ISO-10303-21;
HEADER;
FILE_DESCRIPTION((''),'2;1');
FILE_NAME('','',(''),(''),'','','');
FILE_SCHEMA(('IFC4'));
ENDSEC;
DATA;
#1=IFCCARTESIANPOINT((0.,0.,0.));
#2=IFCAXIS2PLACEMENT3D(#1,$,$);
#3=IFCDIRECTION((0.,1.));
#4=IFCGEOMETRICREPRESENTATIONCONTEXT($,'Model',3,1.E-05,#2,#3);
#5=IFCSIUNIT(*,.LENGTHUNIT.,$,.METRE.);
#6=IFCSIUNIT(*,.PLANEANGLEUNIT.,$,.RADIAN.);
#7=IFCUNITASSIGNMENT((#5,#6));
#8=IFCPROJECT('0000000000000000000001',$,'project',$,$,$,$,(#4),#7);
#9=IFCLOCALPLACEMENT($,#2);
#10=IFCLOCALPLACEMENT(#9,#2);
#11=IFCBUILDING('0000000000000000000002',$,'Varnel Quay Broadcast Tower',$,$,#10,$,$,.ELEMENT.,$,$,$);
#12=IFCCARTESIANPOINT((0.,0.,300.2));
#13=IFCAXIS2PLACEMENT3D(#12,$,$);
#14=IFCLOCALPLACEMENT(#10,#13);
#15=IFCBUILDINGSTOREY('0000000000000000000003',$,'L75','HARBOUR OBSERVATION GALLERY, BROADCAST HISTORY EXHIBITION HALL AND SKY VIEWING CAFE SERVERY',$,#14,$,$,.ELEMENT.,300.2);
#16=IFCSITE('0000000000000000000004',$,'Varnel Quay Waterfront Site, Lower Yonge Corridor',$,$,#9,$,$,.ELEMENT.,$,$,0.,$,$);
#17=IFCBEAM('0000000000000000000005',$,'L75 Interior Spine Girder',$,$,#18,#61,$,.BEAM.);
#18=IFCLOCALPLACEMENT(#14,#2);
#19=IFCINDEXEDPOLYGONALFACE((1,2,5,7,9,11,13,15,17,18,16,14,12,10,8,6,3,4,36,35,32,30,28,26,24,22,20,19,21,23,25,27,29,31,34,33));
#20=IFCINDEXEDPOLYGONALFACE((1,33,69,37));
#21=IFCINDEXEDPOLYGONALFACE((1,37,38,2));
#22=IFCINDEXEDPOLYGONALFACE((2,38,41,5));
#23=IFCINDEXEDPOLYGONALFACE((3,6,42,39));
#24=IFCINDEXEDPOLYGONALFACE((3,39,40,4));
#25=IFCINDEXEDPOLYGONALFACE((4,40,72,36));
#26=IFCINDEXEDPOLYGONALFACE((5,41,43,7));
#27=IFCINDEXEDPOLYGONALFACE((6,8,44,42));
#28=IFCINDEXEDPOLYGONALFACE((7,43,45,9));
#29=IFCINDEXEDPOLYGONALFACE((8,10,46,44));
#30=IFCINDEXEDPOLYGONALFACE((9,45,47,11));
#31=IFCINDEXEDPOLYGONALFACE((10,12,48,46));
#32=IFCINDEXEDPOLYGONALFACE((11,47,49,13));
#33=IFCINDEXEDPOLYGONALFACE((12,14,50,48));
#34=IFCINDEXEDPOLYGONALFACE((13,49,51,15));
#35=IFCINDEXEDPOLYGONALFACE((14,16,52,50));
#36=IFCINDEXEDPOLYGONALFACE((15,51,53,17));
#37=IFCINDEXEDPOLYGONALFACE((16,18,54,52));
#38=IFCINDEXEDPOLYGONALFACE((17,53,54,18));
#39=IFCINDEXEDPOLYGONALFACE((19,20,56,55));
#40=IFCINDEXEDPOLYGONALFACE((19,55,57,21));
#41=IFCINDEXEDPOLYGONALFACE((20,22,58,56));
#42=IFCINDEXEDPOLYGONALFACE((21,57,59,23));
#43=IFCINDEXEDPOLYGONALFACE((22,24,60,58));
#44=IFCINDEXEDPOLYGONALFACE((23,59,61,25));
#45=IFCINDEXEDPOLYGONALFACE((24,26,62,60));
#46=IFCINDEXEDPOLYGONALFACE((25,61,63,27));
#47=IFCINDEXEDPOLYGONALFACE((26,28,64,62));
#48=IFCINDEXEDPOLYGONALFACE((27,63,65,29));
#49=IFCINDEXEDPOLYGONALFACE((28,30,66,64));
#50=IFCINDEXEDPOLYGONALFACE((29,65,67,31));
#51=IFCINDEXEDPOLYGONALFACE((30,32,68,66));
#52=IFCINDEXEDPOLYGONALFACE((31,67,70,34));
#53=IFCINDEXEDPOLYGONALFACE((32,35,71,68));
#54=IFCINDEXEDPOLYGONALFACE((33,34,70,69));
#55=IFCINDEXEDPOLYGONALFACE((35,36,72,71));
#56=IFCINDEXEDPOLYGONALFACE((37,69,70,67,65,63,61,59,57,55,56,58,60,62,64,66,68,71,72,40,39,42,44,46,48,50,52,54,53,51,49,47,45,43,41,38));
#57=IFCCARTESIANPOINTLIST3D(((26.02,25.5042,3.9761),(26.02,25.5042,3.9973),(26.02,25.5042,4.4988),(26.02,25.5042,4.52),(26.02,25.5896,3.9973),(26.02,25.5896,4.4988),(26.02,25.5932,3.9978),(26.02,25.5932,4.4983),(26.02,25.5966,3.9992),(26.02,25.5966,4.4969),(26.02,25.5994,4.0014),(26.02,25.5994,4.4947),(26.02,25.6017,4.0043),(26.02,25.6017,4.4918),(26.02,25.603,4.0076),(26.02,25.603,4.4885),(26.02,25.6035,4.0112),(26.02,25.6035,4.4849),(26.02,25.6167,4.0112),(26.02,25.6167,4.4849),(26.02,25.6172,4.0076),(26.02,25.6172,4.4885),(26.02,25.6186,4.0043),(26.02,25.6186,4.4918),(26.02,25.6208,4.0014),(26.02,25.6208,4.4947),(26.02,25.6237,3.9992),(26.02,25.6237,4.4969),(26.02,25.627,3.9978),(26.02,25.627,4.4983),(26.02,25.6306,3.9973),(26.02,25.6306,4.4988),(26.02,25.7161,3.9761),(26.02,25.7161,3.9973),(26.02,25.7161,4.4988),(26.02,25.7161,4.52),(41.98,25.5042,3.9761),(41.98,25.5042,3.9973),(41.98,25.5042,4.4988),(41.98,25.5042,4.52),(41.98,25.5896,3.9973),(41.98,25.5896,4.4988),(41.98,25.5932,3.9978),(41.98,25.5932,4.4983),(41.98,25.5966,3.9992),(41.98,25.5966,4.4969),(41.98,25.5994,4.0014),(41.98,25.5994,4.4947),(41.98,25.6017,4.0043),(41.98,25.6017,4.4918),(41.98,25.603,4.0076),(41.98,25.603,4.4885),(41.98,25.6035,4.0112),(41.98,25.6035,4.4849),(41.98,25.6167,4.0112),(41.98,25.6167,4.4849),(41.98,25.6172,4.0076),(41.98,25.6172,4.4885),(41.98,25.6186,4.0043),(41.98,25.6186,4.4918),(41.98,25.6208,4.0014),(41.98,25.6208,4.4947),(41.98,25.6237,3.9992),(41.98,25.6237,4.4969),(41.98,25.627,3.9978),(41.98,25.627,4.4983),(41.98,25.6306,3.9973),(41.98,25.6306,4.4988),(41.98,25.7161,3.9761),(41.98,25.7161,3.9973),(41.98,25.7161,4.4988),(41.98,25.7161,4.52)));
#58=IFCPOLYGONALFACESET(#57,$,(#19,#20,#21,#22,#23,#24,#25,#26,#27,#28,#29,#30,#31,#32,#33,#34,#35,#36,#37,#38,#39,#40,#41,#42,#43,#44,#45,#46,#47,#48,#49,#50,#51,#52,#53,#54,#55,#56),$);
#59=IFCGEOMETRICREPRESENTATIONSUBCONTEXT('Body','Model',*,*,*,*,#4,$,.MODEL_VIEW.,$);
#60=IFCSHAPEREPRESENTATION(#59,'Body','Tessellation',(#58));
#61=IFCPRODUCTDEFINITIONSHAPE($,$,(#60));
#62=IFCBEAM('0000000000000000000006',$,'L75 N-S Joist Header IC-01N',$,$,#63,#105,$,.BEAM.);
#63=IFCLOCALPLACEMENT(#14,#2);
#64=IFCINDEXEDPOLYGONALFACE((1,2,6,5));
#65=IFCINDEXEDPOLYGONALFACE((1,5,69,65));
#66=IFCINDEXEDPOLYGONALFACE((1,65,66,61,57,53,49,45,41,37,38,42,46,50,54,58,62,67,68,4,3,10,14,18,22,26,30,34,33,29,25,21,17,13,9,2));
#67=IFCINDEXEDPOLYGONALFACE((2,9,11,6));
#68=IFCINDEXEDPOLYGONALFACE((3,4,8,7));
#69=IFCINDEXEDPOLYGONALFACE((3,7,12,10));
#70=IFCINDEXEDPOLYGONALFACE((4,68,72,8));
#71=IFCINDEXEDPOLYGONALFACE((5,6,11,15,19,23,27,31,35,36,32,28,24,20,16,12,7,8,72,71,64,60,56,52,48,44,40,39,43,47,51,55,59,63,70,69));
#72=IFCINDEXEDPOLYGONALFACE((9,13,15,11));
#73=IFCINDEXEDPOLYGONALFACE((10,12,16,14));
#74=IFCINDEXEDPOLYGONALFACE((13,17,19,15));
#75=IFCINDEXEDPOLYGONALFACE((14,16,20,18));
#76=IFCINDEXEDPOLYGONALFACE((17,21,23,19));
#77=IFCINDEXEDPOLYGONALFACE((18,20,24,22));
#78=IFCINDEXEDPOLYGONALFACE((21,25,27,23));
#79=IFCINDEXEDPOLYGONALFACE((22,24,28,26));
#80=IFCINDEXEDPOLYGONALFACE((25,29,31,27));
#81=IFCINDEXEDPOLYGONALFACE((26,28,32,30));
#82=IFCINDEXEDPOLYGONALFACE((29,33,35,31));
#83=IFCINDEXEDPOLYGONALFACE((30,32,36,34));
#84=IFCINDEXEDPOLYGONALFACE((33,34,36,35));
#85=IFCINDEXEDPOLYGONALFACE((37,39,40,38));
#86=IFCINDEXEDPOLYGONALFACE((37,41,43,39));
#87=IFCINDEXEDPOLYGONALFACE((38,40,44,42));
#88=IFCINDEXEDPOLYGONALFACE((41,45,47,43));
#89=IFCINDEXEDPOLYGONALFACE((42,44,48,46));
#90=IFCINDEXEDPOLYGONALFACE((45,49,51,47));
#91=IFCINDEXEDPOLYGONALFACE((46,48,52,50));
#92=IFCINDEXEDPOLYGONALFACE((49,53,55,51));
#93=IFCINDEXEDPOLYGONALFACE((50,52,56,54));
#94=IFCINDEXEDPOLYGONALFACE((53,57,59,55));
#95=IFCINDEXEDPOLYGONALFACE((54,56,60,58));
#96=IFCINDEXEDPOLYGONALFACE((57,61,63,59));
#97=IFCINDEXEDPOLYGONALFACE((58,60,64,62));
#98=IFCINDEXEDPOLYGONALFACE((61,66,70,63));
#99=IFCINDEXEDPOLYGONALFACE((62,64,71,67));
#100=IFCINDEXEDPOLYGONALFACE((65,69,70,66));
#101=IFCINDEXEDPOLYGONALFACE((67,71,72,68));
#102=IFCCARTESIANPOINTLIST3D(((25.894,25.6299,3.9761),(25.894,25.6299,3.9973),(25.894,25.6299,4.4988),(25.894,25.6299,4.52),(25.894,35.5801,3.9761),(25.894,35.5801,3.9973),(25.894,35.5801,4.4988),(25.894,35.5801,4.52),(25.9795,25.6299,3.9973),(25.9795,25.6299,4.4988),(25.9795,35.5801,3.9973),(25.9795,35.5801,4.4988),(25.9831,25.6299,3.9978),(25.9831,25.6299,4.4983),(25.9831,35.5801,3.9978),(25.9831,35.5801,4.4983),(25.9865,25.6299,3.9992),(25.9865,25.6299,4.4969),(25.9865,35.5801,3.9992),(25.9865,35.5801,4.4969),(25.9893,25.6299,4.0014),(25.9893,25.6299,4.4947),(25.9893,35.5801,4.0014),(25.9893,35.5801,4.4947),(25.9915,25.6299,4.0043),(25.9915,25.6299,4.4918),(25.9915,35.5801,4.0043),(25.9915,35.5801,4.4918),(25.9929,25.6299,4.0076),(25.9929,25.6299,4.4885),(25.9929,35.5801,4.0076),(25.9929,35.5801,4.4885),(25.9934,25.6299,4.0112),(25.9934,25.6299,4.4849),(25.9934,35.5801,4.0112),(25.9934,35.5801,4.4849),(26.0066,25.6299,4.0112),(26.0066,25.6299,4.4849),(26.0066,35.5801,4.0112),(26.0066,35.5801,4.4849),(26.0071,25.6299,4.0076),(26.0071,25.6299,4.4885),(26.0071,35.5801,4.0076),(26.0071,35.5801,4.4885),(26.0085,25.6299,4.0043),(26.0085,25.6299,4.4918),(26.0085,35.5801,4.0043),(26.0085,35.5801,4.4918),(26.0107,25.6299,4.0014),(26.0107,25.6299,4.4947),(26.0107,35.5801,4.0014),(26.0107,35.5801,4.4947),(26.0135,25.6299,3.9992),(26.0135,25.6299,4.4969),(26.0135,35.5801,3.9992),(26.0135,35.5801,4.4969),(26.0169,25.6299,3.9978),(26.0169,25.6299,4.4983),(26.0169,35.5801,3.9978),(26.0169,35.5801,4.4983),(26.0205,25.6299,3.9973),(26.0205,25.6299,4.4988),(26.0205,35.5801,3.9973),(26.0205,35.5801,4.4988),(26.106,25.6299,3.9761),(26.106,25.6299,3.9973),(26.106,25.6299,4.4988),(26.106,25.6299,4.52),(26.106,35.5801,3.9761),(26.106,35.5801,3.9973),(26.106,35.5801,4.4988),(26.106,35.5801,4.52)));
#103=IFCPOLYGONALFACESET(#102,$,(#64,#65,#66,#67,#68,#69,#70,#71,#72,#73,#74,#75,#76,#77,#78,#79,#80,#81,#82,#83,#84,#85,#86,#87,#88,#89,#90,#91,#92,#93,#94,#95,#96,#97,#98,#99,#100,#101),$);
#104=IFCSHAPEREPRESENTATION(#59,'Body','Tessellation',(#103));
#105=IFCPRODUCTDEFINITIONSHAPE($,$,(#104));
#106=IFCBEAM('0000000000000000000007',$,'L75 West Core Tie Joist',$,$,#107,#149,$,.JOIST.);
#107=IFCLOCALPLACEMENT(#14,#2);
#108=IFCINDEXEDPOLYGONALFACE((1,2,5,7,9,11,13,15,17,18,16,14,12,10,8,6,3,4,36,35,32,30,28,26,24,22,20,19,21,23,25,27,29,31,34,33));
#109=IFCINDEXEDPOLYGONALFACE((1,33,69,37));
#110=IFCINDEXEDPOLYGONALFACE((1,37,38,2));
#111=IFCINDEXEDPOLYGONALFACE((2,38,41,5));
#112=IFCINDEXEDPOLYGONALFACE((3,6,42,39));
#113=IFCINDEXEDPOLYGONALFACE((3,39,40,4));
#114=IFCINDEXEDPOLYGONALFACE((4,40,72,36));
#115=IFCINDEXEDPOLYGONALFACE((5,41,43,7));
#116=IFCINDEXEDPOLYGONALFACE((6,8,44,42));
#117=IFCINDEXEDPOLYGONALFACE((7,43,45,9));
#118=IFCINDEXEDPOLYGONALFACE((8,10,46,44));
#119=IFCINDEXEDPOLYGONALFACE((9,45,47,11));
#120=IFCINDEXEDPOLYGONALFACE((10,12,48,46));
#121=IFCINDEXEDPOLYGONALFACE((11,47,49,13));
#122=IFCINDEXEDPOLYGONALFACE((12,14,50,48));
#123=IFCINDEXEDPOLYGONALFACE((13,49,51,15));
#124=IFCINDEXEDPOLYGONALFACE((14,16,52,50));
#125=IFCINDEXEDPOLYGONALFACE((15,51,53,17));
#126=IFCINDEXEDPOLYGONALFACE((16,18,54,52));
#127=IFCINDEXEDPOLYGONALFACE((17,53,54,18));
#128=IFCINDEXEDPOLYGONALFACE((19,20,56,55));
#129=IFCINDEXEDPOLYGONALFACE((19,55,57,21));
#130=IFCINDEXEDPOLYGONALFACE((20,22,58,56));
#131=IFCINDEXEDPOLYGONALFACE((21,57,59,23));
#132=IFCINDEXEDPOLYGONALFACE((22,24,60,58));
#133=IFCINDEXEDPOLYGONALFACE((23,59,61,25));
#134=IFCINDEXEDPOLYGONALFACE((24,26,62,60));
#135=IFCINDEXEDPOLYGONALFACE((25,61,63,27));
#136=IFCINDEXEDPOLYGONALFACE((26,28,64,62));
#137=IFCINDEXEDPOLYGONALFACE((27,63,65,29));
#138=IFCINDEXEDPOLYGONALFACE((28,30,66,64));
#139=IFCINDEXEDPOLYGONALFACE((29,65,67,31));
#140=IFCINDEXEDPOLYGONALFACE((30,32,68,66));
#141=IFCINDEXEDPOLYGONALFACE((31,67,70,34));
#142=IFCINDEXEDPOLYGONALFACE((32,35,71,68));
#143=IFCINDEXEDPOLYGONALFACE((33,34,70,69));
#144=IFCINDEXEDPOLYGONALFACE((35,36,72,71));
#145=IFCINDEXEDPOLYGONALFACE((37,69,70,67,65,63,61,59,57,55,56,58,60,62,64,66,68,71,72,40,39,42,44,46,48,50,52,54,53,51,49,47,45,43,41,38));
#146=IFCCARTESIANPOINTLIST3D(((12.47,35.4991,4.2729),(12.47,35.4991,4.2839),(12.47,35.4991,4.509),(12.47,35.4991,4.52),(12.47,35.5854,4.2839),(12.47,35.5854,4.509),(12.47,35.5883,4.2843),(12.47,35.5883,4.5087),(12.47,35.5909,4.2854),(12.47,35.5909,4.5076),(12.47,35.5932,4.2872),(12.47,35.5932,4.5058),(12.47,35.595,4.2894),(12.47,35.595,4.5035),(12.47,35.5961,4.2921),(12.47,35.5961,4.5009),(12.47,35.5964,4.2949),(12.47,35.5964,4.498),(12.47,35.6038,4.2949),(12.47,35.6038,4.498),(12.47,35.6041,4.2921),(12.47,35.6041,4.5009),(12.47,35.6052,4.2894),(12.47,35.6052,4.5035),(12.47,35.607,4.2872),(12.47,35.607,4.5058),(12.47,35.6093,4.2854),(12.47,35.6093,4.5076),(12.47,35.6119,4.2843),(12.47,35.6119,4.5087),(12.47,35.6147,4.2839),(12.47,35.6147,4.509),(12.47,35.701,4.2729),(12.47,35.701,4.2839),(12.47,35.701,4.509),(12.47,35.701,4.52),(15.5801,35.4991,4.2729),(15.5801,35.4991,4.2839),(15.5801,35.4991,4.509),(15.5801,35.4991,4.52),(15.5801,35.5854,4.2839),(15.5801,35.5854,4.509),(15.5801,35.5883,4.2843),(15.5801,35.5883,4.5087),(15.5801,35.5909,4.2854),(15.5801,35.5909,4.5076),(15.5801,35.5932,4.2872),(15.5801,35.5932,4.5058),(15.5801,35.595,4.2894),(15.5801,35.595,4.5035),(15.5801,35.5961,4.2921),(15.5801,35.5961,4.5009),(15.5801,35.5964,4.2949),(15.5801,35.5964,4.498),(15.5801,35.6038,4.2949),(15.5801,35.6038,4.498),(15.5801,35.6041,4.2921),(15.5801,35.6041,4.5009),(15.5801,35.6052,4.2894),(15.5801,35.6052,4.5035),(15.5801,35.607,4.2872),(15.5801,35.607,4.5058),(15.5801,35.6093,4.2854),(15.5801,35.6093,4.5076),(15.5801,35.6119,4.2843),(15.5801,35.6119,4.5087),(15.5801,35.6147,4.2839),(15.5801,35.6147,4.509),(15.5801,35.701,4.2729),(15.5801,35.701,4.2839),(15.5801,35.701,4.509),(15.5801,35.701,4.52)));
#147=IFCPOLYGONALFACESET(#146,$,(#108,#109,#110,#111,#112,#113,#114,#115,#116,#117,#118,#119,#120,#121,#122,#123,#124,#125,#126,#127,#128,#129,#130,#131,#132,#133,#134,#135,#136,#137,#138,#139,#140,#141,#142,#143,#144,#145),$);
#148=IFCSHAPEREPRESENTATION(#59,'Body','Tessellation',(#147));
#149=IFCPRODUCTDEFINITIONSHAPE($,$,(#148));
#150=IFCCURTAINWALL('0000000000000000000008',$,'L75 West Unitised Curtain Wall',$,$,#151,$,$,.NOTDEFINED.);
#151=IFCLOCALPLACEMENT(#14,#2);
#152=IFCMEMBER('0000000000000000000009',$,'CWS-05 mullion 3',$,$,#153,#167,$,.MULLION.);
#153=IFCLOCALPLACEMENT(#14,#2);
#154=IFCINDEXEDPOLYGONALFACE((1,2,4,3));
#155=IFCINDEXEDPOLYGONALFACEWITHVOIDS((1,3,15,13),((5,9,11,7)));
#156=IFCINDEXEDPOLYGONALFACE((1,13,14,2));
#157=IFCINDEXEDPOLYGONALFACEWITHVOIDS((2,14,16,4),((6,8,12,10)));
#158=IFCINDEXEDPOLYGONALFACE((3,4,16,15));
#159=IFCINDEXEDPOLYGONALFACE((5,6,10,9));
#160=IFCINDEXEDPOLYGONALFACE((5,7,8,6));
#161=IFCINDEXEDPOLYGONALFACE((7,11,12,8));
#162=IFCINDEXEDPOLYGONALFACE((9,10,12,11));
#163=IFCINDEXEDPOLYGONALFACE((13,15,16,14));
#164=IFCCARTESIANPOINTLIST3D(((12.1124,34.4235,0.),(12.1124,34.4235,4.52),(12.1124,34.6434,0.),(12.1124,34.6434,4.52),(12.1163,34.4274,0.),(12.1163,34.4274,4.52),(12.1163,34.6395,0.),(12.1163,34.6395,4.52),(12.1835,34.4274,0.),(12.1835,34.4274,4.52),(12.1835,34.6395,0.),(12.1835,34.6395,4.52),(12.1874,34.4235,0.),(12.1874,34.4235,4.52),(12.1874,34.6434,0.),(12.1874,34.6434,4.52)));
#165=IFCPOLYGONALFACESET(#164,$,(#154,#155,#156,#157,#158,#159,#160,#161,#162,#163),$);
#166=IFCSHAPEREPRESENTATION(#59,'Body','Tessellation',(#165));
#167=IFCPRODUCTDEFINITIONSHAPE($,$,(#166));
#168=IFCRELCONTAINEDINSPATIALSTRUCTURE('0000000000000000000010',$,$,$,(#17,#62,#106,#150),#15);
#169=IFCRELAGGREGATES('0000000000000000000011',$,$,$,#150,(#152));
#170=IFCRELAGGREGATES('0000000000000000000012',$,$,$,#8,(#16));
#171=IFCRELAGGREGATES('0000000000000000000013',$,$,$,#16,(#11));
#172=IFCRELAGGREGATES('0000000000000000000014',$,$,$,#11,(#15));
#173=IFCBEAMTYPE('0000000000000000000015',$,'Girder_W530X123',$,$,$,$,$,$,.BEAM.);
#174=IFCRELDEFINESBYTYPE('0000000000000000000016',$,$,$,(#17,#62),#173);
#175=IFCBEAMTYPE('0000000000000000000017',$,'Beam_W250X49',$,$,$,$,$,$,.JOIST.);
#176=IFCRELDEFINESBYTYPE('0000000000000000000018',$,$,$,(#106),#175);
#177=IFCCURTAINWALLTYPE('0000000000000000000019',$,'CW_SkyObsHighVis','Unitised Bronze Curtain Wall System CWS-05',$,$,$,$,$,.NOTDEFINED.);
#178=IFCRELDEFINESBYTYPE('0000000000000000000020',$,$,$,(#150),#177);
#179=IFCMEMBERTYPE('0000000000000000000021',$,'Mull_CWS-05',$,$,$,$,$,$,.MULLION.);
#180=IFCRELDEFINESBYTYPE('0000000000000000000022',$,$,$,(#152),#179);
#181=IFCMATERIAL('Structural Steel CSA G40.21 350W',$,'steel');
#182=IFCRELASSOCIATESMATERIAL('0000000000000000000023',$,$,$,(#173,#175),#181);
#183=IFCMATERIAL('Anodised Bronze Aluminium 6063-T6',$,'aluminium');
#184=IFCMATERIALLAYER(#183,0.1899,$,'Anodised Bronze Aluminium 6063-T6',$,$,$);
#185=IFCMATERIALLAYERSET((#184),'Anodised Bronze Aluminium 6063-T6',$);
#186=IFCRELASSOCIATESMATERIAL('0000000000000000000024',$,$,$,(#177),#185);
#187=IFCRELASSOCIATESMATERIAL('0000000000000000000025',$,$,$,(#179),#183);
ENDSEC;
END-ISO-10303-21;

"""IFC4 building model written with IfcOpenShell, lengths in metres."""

from ifc_helpers import new_model, si_unit, direction, frame, origin, origin_2d, place, context, subcontext, project, spatial, hollow_rectangle, i_section, extrude, source, transform, mapped, material, layer, layer_set, material_profile, profile_set, type_object, type_shapes, element, aggregate, save


model = new_model("IFC4")

# Units and contexts
model_context = context("Model", 3, precision=1e-05, world=origin(), true_north=direction((0.0, 1.0)))
body_context = subcontext(model_context, "Body", "Model", "MODEL_VIEW")
ifc_project = project(units=[si_unit("LENGTHUNIT", "METRE"), si_unit("PLANEANGLEUNIT", "RADIAN")], contexts=[model_context])

# Site, building, storey
site_placement = place(None, origin())
site = spatial("IfcSite", under=ifc_project, at=site_placement, Name="Varnel Quay Waterfront Site, Lower Yonge Corridor", CompositionType="ELEMENT", RefElevation=0.0)
building_placement = place(site_placement, origin())
building = spatial("IfcBuilding", under=site, at=building_placement, Name="Varnel Quay Broadcast Tower", CompositionType="ELEMENT")
storey_placement = place(building_placement, frame((0.0, 0.0, 300.2)))
storey = spatial("IfcBuildingStorey", under=building, at=storey_placement, Name="L75", Description="HARBOUR OBSERVATION GALLERY, BROADCAST HISTORY EXHIBITION HALL AND SKY VIEWING CAFE SERVERY", CompositionType="ELEMENT", Elevation=300.2)

# Shared definitions
ifc_material_1 = material(Name="Structural Steel CSA G40.21 350W", Category="steel")

# Beams
ifc_material_profile_1 = material_profile(ifc_material_1, i_section(OverallWidth=0.2119, OverallDepth=0.5439, WebThickness=0.0132, FlangeThickness=0.0212, FilletRadius=0.0139, at=origin_2d()), Name="W530X123")
ifc_profile_set_1 = profile_set([ifc_material_profile_1], Name="Structural Steel CSA G40.21 350W")
beam_type_1 = type_object("IfcBeamType", Name="Girder_W530X123", PredefinedType="BEAM", material=ifc_profile_set_1)
shared_shape_1 = source(origin(), body_context, "Body", "SweptSolid", [
    extrude(i_section(OverallWidth=0.2119, OverallDepth=0.5439, WebThickness=0.0132, FlangeThickness=0.0212, FilletRadius=0.0139, at=origin_2d()), origin(), (0.0, 0.0, 1.0), 15.96),
])
beam_1_placement = place(storey_placement, frame((26.02, 25.6101, 4.248), z_axis=(1.0, 0.0, 0.0), x_axis=(0.0, 1.0, 0.0)))
element("IfcBeam", 1, at=beam_1_placement, inside=storey, type_object=beam_type_1, Name="L75 Interior Spine Girder", PredefinedType="BEAM", context=body_context, shape_type="MappedRepresentation", body=[
    mapped(shared_shape_1, transform((0.0, 0.0, 0.0), x_axis=(1.0, 0.0, 0.0), y_axis=(0.0, 1.0, 0.0), z_axis=(0.0, 0.0, 1.0), scale=1.0)),
])
shared_shape_2 = source(origin(), body_context, "Body", "SweptSolid", [
    extrude(i_section(OverallWidth=0.2119, OverallDepth=0.5439, WebThickness=0.0132, FlangeThickness=0.0212, FilletRadius=0.0139, at=origin_2d()), origin(), (0.0, 0.0, 1.0), 9.9502),
])
beam_2_placement = place(storey_placement, frame((26.0, 25.6299, 4.248), z_axis=(0.0, 1.0, 0.0), x_axis=(-1.0, 0.0, 0.0)))
element("IfcBeam", 2, at=beam_2_placement, inside=storey, type_object=beam_type_1, Name="L75 N-S Joist Header IC-01N", PredefinedType="BEAM", context=body_context, shape_type="MappedRepresentation", body=[
    mapped(shared_shape_2, transform((0.0, 0.0, 0.0), x_axis=(1.0, 0.0, 0.0), y_axis=(0.0, 1.0, 0.0), z_axis=(0.0, 0.0, 1.0), scale=1.0)),
])
ifc_material_profile_2 = material_profile(ifc_material_1, i_section(OverallWidth=0.2019, OverallDepth=0.2471, WebThickness=0.0073, FlangeThickness=0.011, FilletRadius=0.011, at=origin_2d()), Name="W250X49")
ifc_profile_set_2 = profile_set([ifc_material_profile_2], Name="Structural Steel CSA G40.21 350W")
beam_type_2 = type_object("IfcBeamType", Name="Beam_W250X49", PredefinedType="JOIST", material=ifc_profile_set_2)
shared_shape_3 = source(origin(), body_context, "Body", "SweptSolid", [
    extrude(i_section(OverallWidth=0.2019, OverallDepth=0.2471, WebThickness=0.0073, FlangeThickness=0.011, FilletRadius=0.011, at=origin_2d()), origin(), (0.0, 0.0, 1.0), 3.1101),
])
type_shapes(beam_type_2, [shared_shape_3])
beam_3_placement = place(storey_placement, frame((12.47, 35.6001, 4.3965), z_axis=(1.0, 0.0, 0.0), x_axis=(0.0, 1.0, 0.0)))
element("IfcBeam", 3, at=beam_3_placement, inside=storey, type_object=beam_type_2, Name="L75 West Core Tie Joist", PredefinedType="JOIST", context=body_context, shape_type="MappedRepresentation", body=[
    mapped(shared_shape_3, transform((0.0, 0.0, 0.0), x_axis=(1.0, 0.0, 0.0), y_axis=(0.0, 1.0, 0.0), z_axis=(0.0, 0.0, 1.0), scale=1.0)),
])

# Curtain wall, member
ifc_material_2 = material(Name="Anodised Bronze Aluminium 6063-T6", Category="aluminium")
ifc_layer_1 = layer(ifc_material_2, 0.1899, Name="Anodised Bronze Aluminium 6063-T6")
ifc_layer_set_1 = layer_set([ifc_layer_1], Name="Anodised Bronze Aluminium 6063-T6")
curtain_wall_type = type_object("IfcCurtainWallType", Name="CW_SkyObsHighVis", Description="Unitised Bronze Curtain Wall System CWS-05", PredefinedType="NOTDEFINED", material=ifc_layer_set_1)
curtain_wall_placement = place(storey_placement, origin())
curtain_wall = element("IfcCurtainWall", 4, at=curtain_wall_placement, inside=storey, type_object=curtain_wall_type, Name="L75 West Unitised Curtain Wall", PredefinedType="NOTDEFINED")
ifc_material_profile_3 = material_profile(ifc_material_2, hollow_rectangle(XDim=0.075, YDim=0.22, WallThickness=0.0039, at=origin_2d()), Name="ALU75X220X4")
ifc_profile_set_3 = profile_set([ifc_material_profile_3], Name="Anodised Bronze Aluminium 6063-T6")
member_type_1 = type_object("IfcMemberType", Name="Mull_CWS-05", PredefinedType="MULLION", material=ifc_profile_set_3)
shared_shape_4 = source(origin(), body_context, "Body", "SweptSolid", [
    extrude(hollow_rectangle(XDim=0.075, YDim=0.22, WallThickness=0.0039, at=origin_2d()), origin(), (0.0, 0.0, 1.0), 4.52),
])
type_shapes(member_type_1, [shared_shape_4])
member_1_placement = place(storey_placement, frame((12.1499, 34.5334, 0.0), z_axis=(0.0, 0.0, 1.0), x_axis=(-1.0, 0.0, 0.0)))
member_1 = element("IfcMember", 5, at=member_1_placement, type_object=member_type_1, Name="CWS-05 mullion 3", PredefinedType="MULLION", context=body_context, shape_type="MappedRepresentation", body=[
    mapped(shared_shape_4, transform((0.0, 0.0, 0.0), x_axis=(1.0, 0.0, 0.0), y_axis=(0.0, 1.0, 0.0), z_axis=(0.0, 0.0, 1.0), scale=1.0)),
])
aggregate(curtain_wall, [member_1])

save(model, "model.ifc")
